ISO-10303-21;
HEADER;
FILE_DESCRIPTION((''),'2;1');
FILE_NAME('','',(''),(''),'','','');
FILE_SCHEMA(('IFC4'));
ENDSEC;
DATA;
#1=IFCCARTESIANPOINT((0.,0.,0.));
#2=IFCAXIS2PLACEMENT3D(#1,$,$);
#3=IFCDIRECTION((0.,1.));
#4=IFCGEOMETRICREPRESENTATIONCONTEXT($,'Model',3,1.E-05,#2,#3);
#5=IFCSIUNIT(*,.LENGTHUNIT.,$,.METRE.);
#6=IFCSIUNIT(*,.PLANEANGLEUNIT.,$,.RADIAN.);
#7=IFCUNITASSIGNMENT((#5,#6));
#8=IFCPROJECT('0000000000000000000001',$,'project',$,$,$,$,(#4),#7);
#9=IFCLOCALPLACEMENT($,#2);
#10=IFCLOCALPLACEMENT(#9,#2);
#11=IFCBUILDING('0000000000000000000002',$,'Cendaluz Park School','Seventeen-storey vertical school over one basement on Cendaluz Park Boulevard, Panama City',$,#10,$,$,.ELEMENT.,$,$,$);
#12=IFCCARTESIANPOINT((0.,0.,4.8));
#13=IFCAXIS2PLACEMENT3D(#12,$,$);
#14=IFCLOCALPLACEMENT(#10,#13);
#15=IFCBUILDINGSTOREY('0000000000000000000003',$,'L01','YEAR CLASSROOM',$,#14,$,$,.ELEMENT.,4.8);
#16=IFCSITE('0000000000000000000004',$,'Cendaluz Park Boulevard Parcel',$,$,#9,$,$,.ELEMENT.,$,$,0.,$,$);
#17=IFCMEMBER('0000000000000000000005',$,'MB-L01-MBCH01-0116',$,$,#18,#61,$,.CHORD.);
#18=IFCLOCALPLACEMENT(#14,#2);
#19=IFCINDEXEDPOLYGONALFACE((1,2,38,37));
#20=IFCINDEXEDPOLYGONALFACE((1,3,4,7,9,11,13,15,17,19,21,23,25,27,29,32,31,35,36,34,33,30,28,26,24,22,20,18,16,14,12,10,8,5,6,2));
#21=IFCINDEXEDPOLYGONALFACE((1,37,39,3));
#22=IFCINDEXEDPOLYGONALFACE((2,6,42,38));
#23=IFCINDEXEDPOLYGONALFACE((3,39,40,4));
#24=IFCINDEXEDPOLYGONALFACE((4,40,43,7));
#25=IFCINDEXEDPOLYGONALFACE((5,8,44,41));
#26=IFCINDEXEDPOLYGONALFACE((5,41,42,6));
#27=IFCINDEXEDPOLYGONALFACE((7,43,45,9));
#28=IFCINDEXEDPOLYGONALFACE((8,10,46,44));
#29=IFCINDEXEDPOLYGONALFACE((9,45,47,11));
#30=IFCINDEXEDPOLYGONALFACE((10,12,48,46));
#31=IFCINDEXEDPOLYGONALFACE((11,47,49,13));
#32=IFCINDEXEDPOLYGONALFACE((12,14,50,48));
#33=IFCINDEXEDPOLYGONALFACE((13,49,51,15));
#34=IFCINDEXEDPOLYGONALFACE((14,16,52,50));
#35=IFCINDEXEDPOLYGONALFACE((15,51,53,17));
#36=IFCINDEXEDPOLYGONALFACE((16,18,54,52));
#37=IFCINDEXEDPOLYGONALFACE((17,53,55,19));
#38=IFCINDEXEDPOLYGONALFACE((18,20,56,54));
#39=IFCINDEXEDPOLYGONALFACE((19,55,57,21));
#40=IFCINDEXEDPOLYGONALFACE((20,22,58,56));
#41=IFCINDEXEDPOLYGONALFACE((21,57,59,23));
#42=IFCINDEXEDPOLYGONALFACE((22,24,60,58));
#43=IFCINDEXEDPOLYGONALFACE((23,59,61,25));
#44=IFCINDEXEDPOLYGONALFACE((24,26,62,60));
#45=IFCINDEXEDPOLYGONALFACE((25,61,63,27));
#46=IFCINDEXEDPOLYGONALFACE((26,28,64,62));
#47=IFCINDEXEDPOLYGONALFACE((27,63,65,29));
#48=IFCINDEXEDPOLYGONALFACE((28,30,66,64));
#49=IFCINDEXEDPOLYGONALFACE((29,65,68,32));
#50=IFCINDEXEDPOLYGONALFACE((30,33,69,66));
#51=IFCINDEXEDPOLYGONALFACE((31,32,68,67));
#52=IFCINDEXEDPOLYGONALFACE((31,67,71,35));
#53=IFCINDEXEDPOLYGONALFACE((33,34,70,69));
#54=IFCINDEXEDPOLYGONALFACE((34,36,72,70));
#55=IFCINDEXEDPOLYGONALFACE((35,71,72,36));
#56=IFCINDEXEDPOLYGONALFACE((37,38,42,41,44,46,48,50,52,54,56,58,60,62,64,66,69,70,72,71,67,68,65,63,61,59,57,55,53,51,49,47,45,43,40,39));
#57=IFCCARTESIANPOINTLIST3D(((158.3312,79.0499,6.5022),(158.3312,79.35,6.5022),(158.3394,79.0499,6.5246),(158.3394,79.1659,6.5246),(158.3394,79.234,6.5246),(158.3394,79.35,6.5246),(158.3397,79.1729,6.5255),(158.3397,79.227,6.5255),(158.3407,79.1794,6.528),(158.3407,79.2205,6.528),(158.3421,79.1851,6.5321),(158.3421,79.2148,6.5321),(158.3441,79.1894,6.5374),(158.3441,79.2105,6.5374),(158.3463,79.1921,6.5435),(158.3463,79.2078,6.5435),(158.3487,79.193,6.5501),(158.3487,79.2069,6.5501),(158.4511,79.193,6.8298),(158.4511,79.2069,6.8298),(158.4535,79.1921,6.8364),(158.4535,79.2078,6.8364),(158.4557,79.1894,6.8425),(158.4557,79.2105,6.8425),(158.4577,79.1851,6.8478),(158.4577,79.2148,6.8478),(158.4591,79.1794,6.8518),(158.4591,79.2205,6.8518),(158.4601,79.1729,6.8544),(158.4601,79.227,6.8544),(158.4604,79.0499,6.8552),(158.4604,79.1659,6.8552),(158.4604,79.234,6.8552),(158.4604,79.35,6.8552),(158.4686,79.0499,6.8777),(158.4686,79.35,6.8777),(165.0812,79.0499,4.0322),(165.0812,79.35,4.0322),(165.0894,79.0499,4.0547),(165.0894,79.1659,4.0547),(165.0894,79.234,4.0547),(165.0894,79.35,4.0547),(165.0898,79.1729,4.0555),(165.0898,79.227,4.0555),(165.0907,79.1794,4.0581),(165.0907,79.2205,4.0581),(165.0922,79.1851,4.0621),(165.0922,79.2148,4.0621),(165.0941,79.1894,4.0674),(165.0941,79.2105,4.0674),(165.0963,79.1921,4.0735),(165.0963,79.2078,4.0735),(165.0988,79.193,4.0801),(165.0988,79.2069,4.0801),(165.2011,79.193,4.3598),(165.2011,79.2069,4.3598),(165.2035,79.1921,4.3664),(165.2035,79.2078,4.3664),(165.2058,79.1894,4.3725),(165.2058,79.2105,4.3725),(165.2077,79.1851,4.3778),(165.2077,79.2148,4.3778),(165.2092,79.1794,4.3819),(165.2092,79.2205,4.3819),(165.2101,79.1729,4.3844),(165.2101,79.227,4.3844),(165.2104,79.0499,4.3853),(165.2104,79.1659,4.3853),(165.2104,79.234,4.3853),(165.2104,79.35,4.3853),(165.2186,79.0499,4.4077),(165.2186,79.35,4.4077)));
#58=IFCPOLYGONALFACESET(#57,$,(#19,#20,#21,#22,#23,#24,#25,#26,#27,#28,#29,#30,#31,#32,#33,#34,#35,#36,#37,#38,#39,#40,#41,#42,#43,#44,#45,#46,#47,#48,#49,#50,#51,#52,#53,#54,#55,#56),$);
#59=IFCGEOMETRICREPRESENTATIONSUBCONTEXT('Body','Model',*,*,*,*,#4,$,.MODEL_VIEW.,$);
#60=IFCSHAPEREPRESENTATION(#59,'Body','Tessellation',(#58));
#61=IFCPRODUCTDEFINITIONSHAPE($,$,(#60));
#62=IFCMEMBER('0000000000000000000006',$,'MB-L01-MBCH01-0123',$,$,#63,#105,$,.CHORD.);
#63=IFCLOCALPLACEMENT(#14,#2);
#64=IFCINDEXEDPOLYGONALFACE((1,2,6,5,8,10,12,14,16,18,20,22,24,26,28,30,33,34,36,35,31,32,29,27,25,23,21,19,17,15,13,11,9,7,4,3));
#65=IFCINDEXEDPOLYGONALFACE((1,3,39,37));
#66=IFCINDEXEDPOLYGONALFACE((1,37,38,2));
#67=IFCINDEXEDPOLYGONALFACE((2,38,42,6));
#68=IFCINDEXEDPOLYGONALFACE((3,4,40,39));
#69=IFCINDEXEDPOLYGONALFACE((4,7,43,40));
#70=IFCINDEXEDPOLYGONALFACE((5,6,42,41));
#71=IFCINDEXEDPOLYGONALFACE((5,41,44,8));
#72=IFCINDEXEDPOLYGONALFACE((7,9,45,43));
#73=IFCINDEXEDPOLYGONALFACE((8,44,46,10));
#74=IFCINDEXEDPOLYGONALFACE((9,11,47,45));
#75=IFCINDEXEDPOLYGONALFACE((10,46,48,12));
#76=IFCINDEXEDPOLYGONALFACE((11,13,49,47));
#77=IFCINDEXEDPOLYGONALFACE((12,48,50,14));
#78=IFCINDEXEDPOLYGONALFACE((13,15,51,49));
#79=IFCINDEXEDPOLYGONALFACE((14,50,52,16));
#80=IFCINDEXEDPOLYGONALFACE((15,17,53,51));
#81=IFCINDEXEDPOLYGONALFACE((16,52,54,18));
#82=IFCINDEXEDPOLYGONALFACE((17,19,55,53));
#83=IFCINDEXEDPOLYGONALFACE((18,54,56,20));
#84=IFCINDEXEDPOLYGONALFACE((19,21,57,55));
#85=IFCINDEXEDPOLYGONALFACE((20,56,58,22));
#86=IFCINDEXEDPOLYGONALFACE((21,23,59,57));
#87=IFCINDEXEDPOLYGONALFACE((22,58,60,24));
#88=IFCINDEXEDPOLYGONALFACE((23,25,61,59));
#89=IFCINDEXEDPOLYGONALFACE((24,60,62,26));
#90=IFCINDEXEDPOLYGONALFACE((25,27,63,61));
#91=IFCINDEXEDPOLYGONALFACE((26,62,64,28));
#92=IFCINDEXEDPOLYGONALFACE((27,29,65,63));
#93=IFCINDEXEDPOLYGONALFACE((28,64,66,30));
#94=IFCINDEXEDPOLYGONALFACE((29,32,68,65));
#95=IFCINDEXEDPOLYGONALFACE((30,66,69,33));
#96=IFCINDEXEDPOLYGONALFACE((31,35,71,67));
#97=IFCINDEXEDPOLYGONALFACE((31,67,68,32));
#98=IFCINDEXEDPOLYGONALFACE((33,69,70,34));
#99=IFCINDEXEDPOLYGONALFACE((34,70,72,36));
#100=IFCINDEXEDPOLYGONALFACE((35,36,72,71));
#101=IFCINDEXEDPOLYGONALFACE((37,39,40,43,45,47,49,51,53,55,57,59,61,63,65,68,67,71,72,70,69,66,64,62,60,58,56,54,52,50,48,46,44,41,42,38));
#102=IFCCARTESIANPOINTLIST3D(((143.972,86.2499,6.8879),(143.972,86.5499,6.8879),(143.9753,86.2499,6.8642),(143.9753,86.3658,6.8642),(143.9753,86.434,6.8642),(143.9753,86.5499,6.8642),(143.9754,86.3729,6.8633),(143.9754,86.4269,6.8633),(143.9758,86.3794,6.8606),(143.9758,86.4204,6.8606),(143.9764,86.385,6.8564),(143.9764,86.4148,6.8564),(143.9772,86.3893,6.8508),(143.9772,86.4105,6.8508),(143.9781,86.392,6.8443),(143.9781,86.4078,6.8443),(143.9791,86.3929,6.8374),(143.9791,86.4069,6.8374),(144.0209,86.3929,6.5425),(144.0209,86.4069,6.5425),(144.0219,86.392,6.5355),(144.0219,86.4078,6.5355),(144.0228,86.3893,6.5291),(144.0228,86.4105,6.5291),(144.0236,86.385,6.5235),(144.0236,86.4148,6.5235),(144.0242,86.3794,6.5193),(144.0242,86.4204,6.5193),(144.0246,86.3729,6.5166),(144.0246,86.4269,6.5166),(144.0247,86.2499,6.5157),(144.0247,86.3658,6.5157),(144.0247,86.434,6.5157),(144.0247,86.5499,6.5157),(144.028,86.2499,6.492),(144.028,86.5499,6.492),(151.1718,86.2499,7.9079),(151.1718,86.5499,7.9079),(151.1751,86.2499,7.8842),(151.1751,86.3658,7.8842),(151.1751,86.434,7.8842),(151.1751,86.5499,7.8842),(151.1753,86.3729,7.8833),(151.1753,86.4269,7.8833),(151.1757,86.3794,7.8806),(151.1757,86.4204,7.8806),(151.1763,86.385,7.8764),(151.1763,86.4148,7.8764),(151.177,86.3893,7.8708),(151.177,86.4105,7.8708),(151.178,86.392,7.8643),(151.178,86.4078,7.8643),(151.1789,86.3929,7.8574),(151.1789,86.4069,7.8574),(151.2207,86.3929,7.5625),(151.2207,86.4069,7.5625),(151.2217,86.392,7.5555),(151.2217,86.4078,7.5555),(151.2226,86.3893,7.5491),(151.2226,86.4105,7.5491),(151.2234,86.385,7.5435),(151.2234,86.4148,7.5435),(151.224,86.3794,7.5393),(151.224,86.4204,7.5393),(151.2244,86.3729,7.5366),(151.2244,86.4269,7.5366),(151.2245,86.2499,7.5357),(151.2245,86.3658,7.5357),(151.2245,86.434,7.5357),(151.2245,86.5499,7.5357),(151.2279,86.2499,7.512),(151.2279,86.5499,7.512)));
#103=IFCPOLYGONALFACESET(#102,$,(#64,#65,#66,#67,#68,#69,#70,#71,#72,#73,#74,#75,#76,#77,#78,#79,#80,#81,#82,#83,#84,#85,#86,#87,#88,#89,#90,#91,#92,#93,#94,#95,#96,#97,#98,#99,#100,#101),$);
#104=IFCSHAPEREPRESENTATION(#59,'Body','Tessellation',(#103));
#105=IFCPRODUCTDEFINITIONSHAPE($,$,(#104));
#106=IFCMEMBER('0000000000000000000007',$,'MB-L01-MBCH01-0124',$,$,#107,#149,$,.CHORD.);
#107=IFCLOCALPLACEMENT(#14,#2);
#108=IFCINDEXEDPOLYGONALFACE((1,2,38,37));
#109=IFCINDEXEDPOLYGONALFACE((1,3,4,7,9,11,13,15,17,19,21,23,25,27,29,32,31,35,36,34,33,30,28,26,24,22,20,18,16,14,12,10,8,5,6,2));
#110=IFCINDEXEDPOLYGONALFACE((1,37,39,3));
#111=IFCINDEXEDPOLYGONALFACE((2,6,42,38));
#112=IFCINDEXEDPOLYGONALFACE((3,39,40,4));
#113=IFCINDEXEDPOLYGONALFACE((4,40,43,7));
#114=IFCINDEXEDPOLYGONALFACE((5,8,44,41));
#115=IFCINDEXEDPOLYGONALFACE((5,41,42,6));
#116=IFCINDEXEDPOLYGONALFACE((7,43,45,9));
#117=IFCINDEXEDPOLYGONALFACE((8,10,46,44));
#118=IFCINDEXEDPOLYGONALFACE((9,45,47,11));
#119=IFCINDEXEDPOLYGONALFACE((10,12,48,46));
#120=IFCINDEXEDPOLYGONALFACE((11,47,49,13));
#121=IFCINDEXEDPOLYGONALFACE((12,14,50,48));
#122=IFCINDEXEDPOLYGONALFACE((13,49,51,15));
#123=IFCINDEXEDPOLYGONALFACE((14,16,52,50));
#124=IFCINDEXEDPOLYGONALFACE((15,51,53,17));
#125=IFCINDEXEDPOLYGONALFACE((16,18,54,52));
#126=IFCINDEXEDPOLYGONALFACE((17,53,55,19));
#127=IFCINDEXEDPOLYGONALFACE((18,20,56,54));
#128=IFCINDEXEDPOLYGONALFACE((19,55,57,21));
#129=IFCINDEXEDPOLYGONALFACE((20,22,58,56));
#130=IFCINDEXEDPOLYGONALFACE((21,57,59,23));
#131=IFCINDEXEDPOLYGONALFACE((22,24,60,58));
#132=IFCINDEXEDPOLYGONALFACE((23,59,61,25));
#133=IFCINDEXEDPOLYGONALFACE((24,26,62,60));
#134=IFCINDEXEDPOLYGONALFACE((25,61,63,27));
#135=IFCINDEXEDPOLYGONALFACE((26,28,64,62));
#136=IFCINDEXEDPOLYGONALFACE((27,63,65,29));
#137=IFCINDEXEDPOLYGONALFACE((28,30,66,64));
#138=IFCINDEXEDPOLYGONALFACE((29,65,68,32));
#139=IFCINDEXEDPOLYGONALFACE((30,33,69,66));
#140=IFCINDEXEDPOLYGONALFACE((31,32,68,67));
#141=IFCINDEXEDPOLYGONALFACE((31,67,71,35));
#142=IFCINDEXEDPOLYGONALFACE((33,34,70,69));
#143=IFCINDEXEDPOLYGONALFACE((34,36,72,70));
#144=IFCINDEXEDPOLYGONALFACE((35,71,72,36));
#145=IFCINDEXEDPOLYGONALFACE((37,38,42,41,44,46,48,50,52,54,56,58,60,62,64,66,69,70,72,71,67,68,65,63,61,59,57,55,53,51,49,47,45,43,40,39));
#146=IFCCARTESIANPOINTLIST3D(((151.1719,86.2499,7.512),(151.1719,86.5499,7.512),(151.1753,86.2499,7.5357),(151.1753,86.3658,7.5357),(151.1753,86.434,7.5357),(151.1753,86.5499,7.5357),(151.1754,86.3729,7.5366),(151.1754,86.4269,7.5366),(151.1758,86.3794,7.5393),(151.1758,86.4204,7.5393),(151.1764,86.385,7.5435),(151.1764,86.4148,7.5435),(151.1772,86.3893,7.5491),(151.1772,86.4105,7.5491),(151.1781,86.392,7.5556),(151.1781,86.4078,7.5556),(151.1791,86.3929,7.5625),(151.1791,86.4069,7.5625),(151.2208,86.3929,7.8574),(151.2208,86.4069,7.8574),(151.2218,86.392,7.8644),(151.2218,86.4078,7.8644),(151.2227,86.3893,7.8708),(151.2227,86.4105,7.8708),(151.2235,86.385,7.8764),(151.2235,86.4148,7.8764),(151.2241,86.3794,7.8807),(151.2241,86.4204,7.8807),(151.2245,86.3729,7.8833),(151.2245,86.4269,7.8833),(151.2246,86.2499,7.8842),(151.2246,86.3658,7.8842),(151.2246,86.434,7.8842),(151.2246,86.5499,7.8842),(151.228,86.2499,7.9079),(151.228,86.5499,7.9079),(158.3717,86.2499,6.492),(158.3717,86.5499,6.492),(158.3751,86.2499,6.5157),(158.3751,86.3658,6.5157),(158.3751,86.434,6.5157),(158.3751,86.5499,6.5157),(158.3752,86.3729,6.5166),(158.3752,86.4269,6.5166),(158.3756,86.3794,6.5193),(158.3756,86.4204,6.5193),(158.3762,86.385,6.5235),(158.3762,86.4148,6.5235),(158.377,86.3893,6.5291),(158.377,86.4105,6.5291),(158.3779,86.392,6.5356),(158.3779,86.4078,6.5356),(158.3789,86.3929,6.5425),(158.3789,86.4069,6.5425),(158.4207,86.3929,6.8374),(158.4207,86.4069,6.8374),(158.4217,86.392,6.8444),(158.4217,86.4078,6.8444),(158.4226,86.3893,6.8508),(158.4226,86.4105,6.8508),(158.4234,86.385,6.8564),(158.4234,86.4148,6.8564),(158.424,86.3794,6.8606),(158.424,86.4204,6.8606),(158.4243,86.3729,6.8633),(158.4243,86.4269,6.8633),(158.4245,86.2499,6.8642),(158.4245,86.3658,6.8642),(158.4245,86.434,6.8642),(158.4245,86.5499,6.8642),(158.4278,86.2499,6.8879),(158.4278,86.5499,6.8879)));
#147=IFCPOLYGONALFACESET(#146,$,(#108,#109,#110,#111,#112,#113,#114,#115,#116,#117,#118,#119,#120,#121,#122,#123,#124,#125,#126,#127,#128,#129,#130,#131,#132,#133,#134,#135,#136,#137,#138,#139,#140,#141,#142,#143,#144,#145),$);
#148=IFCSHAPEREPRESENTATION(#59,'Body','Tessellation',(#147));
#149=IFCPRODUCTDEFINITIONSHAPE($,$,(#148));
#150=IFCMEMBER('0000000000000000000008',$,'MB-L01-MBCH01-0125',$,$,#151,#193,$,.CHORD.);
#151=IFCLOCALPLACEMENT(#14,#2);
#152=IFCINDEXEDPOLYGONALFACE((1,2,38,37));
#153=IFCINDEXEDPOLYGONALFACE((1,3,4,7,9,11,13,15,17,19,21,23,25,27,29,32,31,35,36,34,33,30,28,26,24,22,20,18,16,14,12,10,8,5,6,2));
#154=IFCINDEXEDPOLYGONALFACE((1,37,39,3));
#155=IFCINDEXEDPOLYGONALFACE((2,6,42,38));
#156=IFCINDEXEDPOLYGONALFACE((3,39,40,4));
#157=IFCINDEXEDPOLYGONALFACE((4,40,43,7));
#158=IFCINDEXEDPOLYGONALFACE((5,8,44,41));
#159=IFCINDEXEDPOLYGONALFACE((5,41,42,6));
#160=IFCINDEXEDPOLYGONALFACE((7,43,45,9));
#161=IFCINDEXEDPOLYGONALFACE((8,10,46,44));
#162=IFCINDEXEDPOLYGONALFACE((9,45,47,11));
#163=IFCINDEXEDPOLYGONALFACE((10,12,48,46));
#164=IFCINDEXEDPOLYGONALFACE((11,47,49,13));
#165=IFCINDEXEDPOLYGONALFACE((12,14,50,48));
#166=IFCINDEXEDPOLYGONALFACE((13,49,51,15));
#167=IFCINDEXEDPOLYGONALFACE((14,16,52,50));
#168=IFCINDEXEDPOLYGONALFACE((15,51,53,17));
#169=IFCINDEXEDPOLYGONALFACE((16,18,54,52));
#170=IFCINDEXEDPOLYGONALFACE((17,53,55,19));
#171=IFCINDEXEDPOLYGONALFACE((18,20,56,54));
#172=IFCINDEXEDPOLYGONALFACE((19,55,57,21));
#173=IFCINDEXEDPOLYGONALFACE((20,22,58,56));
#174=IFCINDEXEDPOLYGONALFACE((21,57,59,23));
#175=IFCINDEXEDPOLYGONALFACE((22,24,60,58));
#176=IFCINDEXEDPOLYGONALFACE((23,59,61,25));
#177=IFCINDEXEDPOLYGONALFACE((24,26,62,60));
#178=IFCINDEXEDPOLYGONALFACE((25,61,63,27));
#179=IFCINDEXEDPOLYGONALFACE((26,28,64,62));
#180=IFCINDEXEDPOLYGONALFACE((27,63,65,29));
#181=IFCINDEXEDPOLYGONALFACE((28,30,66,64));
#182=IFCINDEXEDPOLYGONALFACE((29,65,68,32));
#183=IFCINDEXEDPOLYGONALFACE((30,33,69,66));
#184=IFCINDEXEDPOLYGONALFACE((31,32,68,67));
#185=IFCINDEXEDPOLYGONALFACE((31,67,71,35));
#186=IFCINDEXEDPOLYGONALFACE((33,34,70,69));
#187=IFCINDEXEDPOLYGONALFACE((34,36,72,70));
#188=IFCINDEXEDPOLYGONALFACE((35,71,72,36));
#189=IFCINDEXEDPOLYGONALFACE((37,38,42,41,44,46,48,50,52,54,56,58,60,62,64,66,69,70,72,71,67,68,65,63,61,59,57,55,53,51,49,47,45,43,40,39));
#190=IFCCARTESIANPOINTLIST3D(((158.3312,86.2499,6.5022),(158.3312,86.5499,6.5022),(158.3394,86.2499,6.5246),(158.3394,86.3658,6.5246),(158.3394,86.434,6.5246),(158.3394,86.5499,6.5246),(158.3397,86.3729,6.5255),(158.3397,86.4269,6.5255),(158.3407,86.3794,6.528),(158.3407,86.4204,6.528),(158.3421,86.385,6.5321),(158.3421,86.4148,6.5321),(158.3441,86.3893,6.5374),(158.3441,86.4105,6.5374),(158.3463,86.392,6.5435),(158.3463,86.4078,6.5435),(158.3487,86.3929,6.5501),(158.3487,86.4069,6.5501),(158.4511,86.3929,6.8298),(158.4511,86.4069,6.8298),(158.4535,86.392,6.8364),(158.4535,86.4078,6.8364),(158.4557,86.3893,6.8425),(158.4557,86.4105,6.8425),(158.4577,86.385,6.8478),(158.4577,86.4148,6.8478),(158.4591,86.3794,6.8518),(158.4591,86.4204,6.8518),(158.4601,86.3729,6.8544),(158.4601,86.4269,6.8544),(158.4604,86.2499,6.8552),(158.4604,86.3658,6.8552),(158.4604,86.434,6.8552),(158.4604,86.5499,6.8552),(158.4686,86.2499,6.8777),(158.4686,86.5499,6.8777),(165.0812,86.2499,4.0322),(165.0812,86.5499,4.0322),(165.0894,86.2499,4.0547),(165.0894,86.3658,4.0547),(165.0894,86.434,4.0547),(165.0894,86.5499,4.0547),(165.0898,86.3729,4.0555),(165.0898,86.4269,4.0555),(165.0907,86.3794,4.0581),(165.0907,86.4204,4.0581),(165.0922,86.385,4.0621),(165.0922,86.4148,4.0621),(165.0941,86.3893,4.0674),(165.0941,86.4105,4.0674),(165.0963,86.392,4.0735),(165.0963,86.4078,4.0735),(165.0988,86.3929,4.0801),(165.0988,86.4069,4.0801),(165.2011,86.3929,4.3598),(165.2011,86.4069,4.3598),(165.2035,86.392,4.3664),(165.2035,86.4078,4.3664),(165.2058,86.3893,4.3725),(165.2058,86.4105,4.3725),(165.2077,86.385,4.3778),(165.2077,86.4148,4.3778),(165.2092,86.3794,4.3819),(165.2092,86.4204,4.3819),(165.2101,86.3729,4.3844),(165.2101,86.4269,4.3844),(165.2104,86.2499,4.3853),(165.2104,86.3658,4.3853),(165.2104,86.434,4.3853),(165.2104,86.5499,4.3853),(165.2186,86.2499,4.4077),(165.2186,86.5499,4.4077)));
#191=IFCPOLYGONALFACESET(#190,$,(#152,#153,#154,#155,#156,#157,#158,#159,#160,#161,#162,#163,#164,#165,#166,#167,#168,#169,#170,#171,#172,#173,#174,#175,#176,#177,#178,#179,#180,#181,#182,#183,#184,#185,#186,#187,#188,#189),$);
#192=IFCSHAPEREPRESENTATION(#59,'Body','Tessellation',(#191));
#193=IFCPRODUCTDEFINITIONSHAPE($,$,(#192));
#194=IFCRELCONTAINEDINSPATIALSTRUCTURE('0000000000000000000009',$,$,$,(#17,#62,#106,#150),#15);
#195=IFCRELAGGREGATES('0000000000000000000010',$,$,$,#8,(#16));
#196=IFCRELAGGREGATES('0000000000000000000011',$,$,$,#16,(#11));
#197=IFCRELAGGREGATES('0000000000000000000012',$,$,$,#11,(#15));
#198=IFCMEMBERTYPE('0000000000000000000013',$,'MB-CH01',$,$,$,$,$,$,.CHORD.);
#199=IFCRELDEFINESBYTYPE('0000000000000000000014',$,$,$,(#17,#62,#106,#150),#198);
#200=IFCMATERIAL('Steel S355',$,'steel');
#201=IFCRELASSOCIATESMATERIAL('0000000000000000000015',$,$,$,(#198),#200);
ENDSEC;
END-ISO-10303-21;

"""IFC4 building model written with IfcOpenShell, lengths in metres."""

from ifc_helpers import new_model, si_unit, direction, frame, origin, origin_2d, place, context, subcontext, project, spatial, i_section, extrude, material, material_profile, profile_set, type_object, element, save


model = new_model("IFC4")

# Units and contexts
model_context = context("Model", 3, precision=1e-05, world=origin(), true_north=direction((0.0, 1.0)))
body_context = subcontext(model_context, "Body", "Model", "MODEL_VIEW")
ifc_project = project(units=[si_unit("LENGTHUNIT", "METRE"), si_unit("PLANEANGLEUNIT", "RADIAN")], contexts=[model_context])

# Site, building, storey
site_placement = place(None, origin())
site = spatial("IfcSite", under=ifc_project, at=site_placement, Name="Cendaluz Park Boulevard Parcel", CompositionType="ELEMENT", RefElevation=0.0)
building_placement = place(site_placement, origin())
building = spatial("IfcBuilding", under=site, at=building_placement, Name="Cendaluz Park School", Description="Seventeen-storey vertical school over one basement on Cendaluz Park Boulevard, Panama City", CompositionType="ELEMENT")
storey_placement = place(building_placement, frame((0.0, 0.0, 4.8)))
storey = spatial("IfcBuildingStorey", under=building, at=storey_placement, Name="L01", Description="YEAR CLASSROOM", CompositionType="ELEMENT", Elevation=4.8)

# Members
ifc_material_1 = material(Name="Steel S355", Category="steel")
ifc_material_profile_1 = material_profile(ifc_material_1, i_section(OverallWidth=0.3, OverallDepth=0.3999, WebThickness=0.0139, FlangeThickness=0.0239, FilletRadius=0.0271, at=origin_2d()), Name="HEB 400", Category="steel")
ifc_profile_set_1 = profile_set([ifc_material_profile_1], Name="Steel S355")
member_type_1 = type_object("IfcMemberType", Name="MB-CH01", PredefinedType="CHORD", material=ifc_profile_set_1)
member_1_placement = place(storey_placement, frame((158.3999, 79.2, 6.6899), z_axis=(0.939102, 0.0, -0.343638), x_axis=(0.0, 1.0, 0.0)))
element("IfcMember", 1, at=member_1_placement, inside=storey, type_object=member_type_1, Name="MB-L01-MBCH01-0116", PredefinedType="CHORD", context=body_context, shape_type="SweptSolid", body=[
    extrude(i_section(OverallWidth=0.3, OverallDepth=0.3999, WebThickness=0.0139, FlangeThickness=0.0239, FilletRadius=0.0271, at=origin_2d()), origin(), (0.0, 0.0, 1.0), 7.1877),
])
for number, where, z_axis, x_axis, name in (
    (2, (144.0, 86.3999, 6.6899), (0.990113, 0.0, 0.14027), (0.0, 1.0, 0.0), "MB-L01-MBCH01-0123"),
    (3, (151.2, 86.3999, 7.71), (0.990113, 0.0, -0.14027), (0.0, 1.0, 0.0), "MB-L01-MBCH01-0124"),
):
    element("IfcMember", number, at=place(storey_placement, frame(where, z_axis=z_axis, x_axis=x_axis)), inside=storey, type_object=member_type_1, Name=name, PredefinedType="CHORD", context=body_context, shape_type="SweptSolid", body=[
        extrude(i_section(OverallWidth=0.3, OverallDepth=0.3999, WebThickness=0.0139, FlangeThickness=0.0239, FilletRadius=0.0271, at=origin_2d()), origin(), (0.0, 0.0, 1.0), 7.2717),
    ])
member_2_placement = place(storey_placement, frame((158.3999, 86.3999, 6.6899), z_axis=(0.939102, 0.0, -0.343638), x_axis=(0.0, 1.0, 0.0)))
element("IfcMember", 4, at=member_2_placement, inside=storey, type_object=member_type_1, Name="MB-L01-MBCH01-0125", PredefinedType="CHORD", context=body_context, shape_type="SweptSolid", body=[
    extrude(i_section(OverallWidth=0.3, OverallDepth=0.3999, WebThickness=0.0139, FlangeThickness=0.0239, FilletRadius=0.0271, at=origin_2d()), origin(), (0.0, 0.0, 1.0), 7.1877),
])

save(model, "model.ifc")
